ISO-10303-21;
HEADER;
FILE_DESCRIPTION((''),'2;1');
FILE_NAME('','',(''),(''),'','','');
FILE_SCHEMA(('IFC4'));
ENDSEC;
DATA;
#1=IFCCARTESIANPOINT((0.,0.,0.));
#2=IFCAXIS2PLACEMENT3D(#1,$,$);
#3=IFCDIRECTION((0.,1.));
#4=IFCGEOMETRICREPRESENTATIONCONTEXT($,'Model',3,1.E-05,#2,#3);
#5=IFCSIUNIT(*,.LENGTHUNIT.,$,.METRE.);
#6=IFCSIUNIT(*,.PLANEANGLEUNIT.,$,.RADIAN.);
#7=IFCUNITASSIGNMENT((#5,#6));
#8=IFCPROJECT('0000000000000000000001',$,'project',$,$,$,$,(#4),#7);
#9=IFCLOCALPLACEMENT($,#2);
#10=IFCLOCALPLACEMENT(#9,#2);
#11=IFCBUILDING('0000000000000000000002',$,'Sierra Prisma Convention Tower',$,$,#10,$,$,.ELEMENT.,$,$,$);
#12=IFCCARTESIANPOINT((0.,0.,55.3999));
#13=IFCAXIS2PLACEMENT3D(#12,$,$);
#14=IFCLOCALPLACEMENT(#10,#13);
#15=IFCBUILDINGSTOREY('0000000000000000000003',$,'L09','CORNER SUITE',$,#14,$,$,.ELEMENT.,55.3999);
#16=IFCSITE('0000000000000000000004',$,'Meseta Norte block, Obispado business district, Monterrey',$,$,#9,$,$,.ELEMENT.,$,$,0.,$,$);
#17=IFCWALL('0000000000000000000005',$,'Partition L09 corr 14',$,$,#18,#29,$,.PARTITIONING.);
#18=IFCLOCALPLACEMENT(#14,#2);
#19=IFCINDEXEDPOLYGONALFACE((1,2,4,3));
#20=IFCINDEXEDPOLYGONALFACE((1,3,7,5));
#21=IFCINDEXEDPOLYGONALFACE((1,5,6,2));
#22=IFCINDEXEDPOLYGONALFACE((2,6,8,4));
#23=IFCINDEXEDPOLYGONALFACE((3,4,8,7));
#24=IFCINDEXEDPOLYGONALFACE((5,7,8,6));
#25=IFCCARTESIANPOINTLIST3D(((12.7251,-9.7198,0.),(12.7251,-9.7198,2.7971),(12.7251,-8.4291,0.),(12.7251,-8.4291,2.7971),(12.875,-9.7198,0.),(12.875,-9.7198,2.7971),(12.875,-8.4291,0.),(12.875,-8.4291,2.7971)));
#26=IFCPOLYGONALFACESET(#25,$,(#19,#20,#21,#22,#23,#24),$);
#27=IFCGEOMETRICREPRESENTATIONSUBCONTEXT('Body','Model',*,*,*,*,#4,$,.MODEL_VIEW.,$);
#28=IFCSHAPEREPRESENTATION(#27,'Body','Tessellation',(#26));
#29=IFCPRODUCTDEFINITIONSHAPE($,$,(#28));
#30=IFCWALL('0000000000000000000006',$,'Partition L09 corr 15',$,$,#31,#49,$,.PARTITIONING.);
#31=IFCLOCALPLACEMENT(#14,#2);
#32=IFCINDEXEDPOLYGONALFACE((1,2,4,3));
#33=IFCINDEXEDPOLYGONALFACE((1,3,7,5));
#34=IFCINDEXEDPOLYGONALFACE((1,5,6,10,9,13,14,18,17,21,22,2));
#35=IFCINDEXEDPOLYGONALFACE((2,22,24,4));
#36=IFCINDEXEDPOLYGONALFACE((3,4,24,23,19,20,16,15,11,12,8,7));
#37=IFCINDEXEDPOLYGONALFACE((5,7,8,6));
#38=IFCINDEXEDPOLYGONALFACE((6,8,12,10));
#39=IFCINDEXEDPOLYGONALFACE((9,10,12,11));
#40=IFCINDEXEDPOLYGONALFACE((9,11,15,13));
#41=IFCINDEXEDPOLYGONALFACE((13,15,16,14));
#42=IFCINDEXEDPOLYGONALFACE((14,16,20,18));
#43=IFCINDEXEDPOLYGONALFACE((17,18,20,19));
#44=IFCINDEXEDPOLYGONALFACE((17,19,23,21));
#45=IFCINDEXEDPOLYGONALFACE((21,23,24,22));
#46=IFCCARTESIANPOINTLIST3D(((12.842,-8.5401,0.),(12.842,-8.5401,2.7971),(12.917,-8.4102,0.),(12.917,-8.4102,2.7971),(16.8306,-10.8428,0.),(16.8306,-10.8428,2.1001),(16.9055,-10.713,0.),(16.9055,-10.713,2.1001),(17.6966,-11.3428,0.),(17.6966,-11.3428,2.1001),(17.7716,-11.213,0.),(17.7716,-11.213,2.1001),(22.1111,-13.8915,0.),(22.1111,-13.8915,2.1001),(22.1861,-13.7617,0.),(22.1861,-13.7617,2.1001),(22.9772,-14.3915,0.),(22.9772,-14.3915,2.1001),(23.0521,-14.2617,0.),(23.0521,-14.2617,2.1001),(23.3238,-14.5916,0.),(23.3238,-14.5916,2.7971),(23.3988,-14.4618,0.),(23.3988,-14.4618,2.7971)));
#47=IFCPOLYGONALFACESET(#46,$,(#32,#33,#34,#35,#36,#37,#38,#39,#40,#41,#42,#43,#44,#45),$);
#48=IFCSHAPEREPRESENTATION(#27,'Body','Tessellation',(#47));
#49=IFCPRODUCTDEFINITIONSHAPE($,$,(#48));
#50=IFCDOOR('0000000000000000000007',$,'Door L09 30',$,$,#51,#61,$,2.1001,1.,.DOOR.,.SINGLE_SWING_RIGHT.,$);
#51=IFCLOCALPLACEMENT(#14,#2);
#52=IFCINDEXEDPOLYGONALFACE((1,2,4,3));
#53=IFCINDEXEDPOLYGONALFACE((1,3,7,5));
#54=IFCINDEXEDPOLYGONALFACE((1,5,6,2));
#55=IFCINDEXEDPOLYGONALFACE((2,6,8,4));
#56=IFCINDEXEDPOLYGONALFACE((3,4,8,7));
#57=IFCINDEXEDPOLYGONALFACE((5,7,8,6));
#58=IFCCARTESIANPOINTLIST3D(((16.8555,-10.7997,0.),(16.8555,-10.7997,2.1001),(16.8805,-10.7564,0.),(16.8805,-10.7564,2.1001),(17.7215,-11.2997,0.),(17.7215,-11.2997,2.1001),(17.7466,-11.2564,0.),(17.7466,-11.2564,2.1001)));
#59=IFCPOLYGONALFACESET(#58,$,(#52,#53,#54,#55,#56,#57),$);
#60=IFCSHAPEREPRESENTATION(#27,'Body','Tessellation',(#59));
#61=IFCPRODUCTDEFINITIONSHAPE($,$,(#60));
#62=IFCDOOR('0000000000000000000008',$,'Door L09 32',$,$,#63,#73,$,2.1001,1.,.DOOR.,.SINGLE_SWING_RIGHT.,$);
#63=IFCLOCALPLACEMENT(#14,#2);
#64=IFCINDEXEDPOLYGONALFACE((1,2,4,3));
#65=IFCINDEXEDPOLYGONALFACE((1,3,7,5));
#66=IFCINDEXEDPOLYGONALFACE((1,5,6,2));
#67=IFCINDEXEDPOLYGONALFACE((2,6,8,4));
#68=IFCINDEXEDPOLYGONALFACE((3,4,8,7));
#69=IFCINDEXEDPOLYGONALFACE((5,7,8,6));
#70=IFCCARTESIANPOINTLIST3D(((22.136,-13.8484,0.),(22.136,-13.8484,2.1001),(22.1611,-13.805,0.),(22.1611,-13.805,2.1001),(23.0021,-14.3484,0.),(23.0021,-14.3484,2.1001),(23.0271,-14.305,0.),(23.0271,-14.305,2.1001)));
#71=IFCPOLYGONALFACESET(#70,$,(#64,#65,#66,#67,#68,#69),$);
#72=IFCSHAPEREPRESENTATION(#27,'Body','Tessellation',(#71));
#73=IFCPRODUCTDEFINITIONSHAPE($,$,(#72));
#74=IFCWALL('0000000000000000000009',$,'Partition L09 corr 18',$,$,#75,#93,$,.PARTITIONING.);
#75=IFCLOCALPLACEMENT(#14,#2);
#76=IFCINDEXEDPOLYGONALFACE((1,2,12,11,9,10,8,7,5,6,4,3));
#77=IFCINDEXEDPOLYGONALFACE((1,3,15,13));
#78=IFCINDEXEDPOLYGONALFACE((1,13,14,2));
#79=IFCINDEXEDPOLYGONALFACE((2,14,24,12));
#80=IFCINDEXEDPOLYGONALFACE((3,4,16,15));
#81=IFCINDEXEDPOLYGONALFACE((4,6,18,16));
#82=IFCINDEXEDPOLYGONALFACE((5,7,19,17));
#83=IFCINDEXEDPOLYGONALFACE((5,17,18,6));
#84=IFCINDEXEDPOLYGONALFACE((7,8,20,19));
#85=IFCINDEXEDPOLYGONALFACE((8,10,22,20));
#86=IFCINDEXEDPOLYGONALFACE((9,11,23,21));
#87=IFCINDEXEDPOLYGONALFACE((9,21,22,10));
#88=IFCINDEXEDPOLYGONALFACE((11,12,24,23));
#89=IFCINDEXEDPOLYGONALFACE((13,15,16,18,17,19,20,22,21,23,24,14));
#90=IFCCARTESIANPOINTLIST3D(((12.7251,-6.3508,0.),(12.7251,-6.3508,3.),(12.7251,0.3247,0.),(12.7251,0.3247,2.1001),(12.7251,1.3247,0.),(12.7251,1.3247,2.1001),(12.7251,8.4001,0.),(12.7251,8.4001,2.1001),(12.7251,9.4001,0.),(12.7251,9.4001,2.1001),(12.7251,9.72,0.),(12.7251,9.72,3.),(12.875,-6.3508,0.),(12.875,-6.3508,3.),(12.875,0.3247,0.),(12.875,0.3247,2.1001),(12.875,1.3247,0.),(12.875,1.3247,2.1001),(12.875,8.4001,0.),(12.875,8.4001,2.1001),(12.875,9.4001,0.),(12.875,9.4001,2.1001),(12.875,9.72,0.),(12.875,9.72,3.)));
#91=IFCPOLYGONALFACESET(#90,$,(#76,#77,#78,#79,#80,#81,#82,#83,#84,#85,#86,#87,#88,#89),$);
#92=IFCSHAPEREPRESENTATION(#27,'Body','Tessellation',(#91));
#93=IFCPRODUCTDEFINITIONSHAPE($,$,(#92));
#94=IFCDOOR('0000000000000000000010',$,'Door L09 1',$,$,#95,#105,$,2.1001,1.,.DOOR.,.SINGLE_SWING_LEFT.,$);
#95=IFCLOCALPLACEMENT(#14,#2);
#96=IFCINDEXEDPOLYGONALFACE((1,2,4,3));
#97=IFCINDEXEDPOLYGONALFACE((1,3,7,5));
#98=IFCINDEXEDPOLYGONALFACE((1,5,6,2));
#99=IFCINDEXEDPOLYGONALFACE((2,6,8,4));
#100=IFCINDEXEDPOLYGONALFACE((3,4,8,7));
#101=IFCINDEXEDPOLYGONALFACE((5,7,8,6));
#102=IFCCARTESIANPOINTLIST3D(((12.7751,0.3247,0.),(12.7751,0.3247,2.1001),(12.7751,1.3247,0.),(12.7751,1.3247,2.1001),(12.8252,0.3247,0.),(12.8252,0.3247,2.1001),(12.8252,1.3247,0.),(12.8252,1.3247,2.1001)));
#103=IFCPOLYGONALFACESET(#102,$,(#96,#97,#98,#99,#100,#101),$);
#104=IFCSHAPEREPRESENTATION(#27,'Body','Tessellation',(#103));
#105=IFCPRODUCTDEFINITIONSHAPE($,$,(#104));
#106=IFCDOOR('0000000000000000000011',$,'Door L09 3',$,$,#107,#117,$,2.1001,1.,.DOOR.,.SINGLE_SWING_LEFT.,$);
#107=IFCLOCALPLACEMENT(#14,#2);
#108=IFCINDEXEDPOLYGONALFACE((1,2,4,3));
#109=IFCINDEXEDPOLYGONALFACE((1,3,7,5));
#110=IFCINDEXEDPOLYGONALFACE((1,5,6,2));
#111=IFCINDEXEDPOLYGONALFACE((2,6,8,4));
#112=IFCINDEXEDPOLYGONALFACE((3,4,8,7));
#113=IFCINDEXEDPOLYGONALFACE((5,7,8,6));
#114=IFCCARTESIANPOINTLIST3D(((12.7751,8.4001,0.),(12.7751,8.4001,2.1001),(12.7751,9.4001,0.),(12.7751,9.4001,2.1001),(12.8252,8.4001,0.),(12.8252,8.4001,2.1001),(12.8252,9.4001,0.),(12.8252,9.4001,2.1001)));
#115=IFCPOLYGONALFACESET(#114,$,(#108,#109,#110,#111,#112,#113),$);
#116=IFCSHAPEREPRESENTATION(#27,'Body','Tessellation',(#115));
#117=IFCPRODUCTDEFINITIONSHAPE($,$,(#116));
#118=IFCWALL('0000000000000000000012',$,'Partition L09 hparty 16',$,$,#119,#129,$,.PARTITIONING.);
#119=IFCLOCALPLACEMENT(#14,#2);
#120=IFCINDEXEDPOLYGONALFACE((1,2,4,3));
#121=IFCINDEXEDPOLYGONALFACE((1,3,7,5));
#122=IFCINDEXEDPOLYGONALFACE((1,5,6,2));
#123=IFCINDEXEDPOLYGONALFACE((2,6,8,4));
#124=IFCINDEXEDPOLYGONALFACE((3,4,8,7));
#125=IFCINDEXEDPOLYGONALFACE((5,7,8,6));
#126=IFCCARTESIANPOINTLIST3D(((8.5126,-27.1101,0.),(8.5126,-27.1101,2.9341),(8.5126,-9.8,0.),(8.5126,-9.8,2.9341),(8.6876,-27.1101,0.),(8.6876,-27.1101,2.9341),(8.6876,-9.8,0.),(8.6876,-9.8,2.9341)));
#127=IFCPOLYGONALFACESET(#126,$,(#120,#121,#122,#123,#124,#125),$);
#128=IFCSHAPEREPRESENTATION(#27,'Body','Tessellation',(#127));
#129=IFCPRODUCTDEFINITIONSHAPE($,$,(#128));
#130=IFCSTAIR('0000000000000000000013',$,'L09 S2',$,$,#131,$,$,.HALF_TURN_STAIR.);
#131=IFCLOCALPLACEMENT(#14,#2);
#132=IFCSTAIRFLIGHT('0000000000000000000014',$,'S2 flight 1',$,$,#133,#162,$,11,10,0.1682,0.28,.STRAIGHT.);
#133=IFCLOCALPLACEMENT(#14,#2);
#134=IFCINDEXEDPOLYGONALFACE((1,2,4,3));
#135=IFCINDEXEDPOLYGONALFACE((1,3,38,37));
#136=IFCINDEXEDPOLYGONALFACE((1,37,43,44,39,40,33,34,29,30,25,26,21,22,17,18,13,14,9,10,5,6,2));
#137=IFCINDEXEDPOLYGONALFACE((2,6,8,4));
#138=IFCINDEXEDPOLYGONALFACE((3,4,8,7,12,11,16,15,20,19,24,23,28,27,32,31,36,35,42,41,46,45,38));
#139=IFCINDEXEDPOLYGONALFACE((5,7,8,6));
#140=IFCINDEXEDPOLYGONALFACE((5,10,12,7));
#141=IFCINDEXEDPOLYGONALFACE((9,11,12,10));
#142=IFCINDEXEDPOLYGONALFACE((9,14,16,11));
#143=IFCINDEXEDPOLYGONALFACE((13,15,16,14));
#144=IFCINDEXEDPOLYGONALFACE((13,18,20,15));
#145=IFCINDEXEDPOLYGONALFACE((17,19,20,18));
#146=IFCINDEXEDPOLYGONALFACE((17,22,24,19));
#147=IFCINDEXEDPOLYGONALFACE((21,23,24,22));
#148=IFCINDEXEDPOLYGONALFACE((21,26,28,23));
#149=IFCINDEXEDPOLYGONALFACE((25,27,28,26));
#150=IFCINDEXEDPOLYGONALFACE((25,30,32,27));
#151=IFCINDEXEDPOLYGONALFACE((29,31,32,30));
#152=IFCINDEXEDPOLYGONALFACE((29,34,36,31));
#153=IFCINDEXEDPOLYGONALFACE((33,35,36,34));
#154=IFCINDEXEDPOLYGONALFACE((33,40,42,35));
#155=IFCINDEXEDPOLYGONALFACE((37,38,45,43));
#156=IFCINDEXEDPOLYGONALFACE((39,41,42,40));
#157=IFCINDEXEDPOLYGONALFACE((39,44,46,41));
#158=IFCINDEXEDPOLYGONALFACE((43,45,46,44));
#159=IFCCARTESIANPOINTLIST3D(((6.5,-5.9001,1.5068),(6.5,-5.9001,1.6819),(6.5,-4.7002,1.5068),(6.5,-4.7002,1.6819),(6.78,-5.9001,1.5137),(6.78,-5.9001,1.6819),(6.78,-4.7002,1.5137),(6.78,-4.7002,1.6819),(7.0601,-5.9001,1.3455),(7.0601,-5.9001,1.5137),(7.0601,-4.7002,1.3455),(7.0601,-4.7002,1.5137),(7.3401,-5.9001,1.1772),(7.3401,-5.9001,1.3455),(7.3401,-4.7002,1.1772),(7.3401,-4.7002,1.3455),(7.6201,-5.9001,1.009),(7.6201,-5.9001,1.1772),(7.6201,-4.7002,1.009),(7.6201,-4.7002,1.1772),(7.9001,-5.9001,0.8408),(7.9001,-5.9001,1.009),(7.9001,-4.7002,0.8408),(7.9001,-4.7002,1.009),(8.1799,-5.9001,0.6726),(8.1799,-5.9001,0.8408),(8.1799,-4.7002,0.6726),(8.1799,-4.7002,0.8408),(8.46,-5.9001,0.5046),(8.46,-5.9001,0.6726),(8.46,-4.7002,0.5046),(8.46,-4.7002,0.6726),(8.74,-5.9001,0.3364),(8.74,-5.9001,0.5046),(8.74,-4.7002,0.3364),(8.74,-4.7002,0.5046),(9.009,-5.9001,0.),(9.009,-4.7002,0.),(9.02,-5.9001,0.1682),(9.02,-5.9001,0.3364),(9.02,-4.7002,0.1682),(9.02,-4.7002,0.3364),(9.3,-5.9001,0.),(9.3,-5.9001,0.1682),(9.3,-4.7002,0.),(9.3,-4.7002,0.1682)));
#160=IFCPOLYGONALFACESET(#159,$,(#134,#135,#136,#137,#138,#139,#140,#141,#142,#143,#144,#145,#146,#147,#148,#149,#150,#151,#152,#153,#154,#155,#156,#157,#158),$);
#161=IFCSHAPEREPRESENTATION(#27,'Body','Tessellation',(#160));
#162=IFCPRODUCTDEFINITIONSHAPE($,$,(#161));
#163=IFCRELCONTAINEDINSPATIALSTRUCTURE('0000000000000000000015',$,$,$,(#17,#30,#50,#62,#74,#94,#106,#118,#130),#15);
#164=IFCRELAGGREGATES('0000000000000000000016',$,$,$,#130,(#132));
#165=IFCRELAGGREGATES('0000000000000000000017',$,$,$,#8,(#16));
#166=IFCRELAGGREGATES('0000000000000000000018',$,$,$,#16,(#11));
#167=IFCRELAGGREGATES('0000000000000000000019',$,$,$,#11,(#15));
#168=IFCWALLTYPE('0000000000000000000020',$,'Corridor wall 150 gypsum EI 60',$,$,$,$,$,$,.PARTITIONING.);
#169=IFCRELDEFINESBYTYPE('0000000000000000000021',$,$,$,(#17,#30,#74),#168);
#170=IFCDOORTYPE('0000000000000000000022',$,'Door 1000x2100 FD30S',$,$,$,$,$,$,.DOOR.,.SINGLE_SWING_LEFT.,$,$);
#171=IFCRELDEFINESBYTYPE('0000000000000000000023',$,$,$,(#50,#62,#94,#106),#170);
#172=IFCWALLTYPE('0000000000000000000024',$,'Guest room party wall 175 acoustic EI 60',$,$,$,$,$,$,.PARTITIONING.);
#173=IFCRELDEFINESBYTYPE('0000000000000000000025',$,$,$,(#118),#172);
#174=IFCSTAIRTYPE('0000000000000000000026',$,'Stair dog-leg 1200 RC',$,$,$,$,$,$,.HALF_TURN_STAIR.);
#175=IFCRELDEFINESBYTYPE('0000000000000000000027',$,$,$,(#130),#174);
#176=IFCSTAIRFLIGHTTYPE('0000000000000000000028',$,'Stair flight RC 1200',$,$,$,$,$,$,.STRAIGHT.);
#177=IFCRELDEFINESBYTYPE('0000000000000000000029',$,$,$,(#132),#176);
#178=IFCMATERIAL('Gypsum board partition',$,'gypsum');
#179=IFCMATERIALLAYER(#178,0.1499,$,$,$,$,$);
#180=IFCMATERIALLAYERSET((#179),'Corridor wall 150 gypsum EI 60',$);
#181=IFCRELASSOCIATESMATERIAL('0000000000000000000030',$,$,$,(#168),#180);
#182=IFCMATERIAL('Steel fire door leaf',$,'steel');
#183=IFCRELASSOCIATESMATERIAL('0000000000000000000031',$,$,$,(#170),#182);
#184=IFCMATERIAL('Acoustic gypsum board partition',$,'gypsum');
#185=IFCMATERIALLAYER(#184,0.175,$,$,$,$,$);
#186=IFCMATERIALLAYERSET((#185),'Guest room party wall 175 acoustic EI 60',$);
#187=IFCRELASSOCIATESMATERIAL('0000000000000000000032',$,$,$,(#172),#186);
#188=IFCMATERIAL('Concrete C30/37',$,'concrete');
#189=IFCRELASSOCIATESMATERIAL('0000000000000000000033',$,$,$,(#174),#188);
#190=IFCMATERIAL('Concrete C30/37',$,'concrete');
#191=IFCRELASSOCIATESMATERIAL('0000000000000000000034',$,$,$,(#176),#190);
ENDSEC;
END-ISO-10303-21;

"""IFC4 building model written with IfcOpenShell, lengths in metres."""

from ifc_helpers import new_model, si_unit, direction, frame, frame_2d, origin, place, context, subcontext, project, spatial, polyline, rectangle, outline, extrude, material, layer, layer_set, type_object, element, fill, aggregate, save


model = new_model("IFC4")

# Units and contexts
model_context = context("Model", 3, precision=1e-05, world=origin(), true_north=direction((0.0, 1.0)))
body_context = subcontext(model_context, "Body", "Model", "MODEL_VIEW")
ifc_project = project(units=[si_unit("LENGTHUNIT", "METRE"), si_unit("PLANEANGLEUNIT", "RADIAN")], contexts=[model_context])

# Site, building, storey
site_placement = place(None, origin())
site = spatial("IfcSite", under=ifc_project, at=site_placement, Name="Meseta Norte block, Obispado business district, Monterrey", CompositionType="ELEMENT", RefElevation=0.0)
building_placement = place(site_placement, origin())
building = spatial("IfcBuilding", under=site, at=building_placement, Name="Sierra Prisma Convention Tower", CompositionType="ELEMENT")
storey_placement = place(building_placement, frame((0.0, 0.0, 55.3999)))
storey = spatial("IfcBuildingStorey", under=building, at=storey_placement, Name="L09", Description="CORNER SUITE", CompositionType="ELEMENT", Elevation=55.3999)

# Wall
ifc_material_1 = material(Name="Gypsum board partition", Category="gypsum")
ifc_layer_1 = layer(ifc_material_1, 0.1499)
ifc_layer_set_1 = layer_set([ifc_layer_1], Name="Corridor wall 150 gypsum EI 60")
wall_type_1 = type_object("IfcWallType", Name="Corridor wall 150 gypsum EI 60", PredefinedType="PARTITIONING", material=ifc_layer_set_1)
wall_1_placement = place(storey_placement, frame((12.8, -9.72, 0.0), z_axis=(0.0, 0.0, 1.0), x_axis=(0.0, 1.0, 0.0)))
element("IfcWall", 1, at=wall_1_placement, inside=storey, type_object=wall_type_1, Name="Partition L09 corr 14", PredefinedType="PARTITIONING", context=body_context, shape_type="SweptSolid", body=[
    extrude(rectangle(XDim=1.2908, YDim=0.1499, at=frame_2d((0.6455, 0.0))), origin(), (0.0, 0.0, 1.0), 2.7971),
])

# Walls, openings, doors
wall_2_placement = place(storey_placement, frame((12.8794, -8.4751, 0.0), z_axis=(0.0, 0.0, 1.0), x_axis=(0.866029, -0.499994, 0.0)))
wall_2 = element("IfcWall", 2, at=wall_2_placement, inside=storey, type_object=wall_type_1, Name="Partition L09 corr 15", PredefinedType="PARTITIONING", context=body_context, shape_type="SweptSolid", body=[
    extrude(rectangle(XDim=12.1033, YDim=0.1499, at=frame_2d((6.0518, 0.0))), origin(), (0.0, 0.0, 1.0), 2.7971),
])
opening_1_placement = place(wall_2_placement, frame((4.6057, 0.0, 0.0)))
opening_1 = element("IfcOpeningElement", 3, at=opening_1_placement, cuts=wall_2, PredefinedType="OPENING", context=body_context, shape_type="SweptSolid", body=[
    extrude(rectangle(XDim=1.0, YDim=2.1001, at=frame_2d((0.5, 1.05))), frame((0.0, 0.075, 0.0), z_axis=(0.0, -1.0, 0.0), x_axis=(1.0, 0.0, 0.0)), (0.0, 0.0, 1.0), 0.1499),
])
opening_2_placement = place(wall_2_placement, frame((10.7031, 0.0, 0.0)))
opening_2 = element("IfcOpeningElement", 4, at=opening_2_placement, cuts=wall_2, PredefinedType="OPENING", context=body_context, shape_type="SweptSolid", body=[
    extrude(rectangle(XDim=1.0, YDim=2.1001, at=frame_2d((0.5, 1.05))), frame((0.0, 0.075, 0.0), z_axis=(0.0, -1.0, 0.0), x_axis=(1.0, 0.0, 0.0)), (0.0, 0.0, 1.0), 0.1499),
])
ifc_material_2 = material(Name="Steel fire door leaf", Category="steel")
door_type_1 = type_object("IfcDoorType", Name="Door 1000x2100 FD30S", OperationType="SINGLE_SWING_LEFT", PredefinedType="DOOR", material=ifc_material_2)
door_1_placement = place(opening_1_placement, origin())
door_1 = element("IfcDoor", 5, at=door_1_placement, inside=storey, type_object=door_type_1, Name="Door L09 30", OperationType="SINGLE_SWING_RIGHT", OverallHeight=2.1001, OverallWidth=1.0, PredefinedType="DOOR", context=body_context, shape_type="SweptSolid", body=[
    extrude(rectangle(XDim=1.0, YDim=2.1001, at=frame_2d((0.5, 1.05))), frame((0.0, 0.0249, 0.0), z_axis=(0.0, -1.0, 0.0), x_axis=(1.0, 0.0, 0.0)), (0.0, 0.0, 1.0), 0.05),
])
fill(opening_1, door_1)
door_2_placement = place(opening_2_placement, origin())
door_2 = element("IfcDoor", 6, at=door_2_placement, inside=storey, type_object=door_type_1, Name="Door L09 32", OperationType="SINGLE_SWING_RIGHT", OverallHeight=2.1001, OverallWidth=1.0, PredefinedType="DOOR", context=body_context, shape_type="SweptSolid", body=[
    extrude(rectangle(XDim=1.0, YDim=2.1001, at=frame_2d((0.5, 1.05))), frame((0.0, 0.0249, 0.0), z_axis=(0.0, -1.0, 0.0), x_axis=(1.0, 0.0, 0.0)), (0.0, 0.0, 1.0), 0.05),
])
fill(opening_2, door_2)
wall_3_placement = place(storey_placement, frame((12.8, -6.3508, 0.0), z_axis=(0.0, 0.0, 1.0), x_axis=(0.0, 1.0, 0.0)))
wall_3 = element("IfcWall", 7, at=wall_3_placement, inside=storey, type_object=wall_type_1, Name="Partition L09 corr 18", PredefinedType="PARTITIONING", context=body_context, shape_type="SweptSolid", body=[
    extrude(rectangle(XDim=16.0708, YDim=0.1499, at=frame_2d((8.0354, 0.0))), origin(), (0.0, 0.0, 1.0), 3.0),
])
opening_3_placement = place(wall_3_placement, frame((6.6755, 0.0, 0.0)))
opening_3 = element("IfcOpeningElement", 8, at=opening_3_placement, cuts=wall_3, PredefinedType="OPENING", context=body_context, shape_type="SweptSolid", body=[
    extrude(rectangle(XDim=1.0, YDim=2.1001, at=frame_2d((0.5, 1.05))), frame((0.0, 0.075, 0.0), z_axis=(0.0, -1.0, 0.0), x_axis=(1.0, 0.0, 0.0)), (0.0, 0.0, 1.0), 0.1499),
])
opening_4_placement = place(wall_3_placement, frame((14.751, 0.0, 0.0)))
opening_4 = element("IfcOpeningElement", 9, at=opening_4_placement, cuts=wall_3, PredefinedType="OPENING", context=body_context, shape_type="SweptSolid", body=[
    extrude(rectangle(XDim=1.0, YDim=2.1001, at=frame_2d((0.5, 1.05))), frame((0.0, 0.075, 0.0), z_axis=(0.0, -1.0, 0.0), x_axis=(1.0, 0.0, 0.0)), (0.0, 0.0, 1.0), 0.1499),
])
door_3_placement = place(opening_3_placement, origin())
door_3 = element("IfcDoor", 10, at=door_3_placement, inside=storey, type_object=door_type_1, Name="Door L09 1", OperationType="SINGLE_SWING_LEFT", OverallHeight=2.1001, OverallWidth=1.0, PredefinedType="DOOR", context=body_context, shape_type="SweptSolid", body=[
    extrude(rectangle(XDim=1.0, YDim=2.1001, at=frame_2d((0.5, 1.05))), frame((0.0, 0.0249, 0.0), z_axis=(0.0, -1.0, 0.0), x_axis=(1.0, 0.0, 0.0)), (0.0, 0.0, 1.0), 0.05),
])
fill(opening_3, door_3)
door_4_placement = place(opening_4_placement, origin())
door_4 = element("IfcDoor", 11, at=door_4_placement, inside=storey, type_object=door_type_1, Name="Door L09 3", OperationType="SINGLE_SWING_LEFT", OverallHeight=2.1001, OverallWidth=1.0, PredefinedType="DOOR", context=body_context, shape_type="SweptSolid", body=[
    extrude(rectangle(XDim=1.0, YDim=2.1001, at=frame_2d((0.5, 1.05))), frame((0.0, 0.0249, 0.0), z_axis=(0.0, -1.0, 0.0), x_axis=(1.0, 0.0, 0.0)), (0.0, 0.0, 1.0), 0.05),
])
fill(opening_4, door_4)

# Wall
ifc_material_3 = material(Name="Acoustic gypsum board partition", Category="gypsum")
ifc_layer_2 = layer(ifc_material_3, 0.175)
ifc_layer_set_2 = layer_set([ifc_layer_2], Name="Guest room party wall 175 acoustic EI 60")
wall_type_2 = type_object("IfcWallType", Name="Guest room party wall 175 acoustic EI 60", PredefinedType="PARTITIONING", material=ifc_layer_set_2)
wall_4_placement = place(storey_placement, frame((8.6001, -9.8, 0.0), z_axis=(0.0, 0.0, 1.0), x_axis=(0.0, -1.0, 0.0)))
element("IfcWall", 12, at=wall_4_placement, inside=storey, type_object=wall_type_2, Name="Partition L09 hparty 16", PredefinedType="PARTITIONING", context=body_context, shape_type="SweptSolid", body=[
    extrude(rectangle(XDim=17.3101, YDim=0.175, at=frame_2d((8.655, 0.0))), origin(), (0.0, 0.0, 1.0), 2.9341),
])

# Stair, stair flight
ifc_material_4 = material(Name="Concrete C30/37", Category="concrete")
stair_type = type_object("IfcStairType", Name="Stair dog-leg 1200 RC", PredefinedType="HALF_TURN_STAIR", material=ifc_material_4)
stair_placement = place(storey_placement, origin())
stair = element("IfcStair", 13, at=stair_placement, inside=storey, type_object=stair_type, Name="L09 S2", PredefinedType="HALF_TURN_STAIR")
ifc_material_5 = material(Name="Concrete C30/37", Category="concrete")
stair_flight_type = type_object("IfcStairFlightType", Name="Stair flight RC 1200", PredefinedType="STRAIGHT", material=ifc_material_5)
stair_flight_1_placement = place(storey_placement, frame((9.3, -5.3, 0.0), z_axis=(0.0, 0.0, 1.0), x_axis=(-1.0, 0.0, 0.0)))
stair_flight_1 = element("IfcStairFlight", 14, at=stair_flight_1_placement, type_object=stair_flight_type, Name="S2 flight 1", NumberOfRisers=11, NumberOfTreads=10, PredefinedType="STRAIGHT", RiserHeight=0.1682, TreadLength=0.28, context=body_context, shape_type="SweptSolid", body=[
    extrude(outline(polyline([(0.0, 0.0), (0.0, 0.1682), (0.28, 0.1682), (0.28, 0.3364), (0.5601, 0.3364), (0.5601, 0.5046), (0.8401, 0.5046), (0.8401, 0.6726), (1.1201, 0.6726), (1.1201, 0.8408), (1.3999, 0.8408), (1.3999, 1.009), (1.6799, 1.009), (1.6799, 1.1772), (1.96, 1.1772), (1.96, 1.3455), (2.24, 1.3455), (2.24, 1.5137), (2.52, 1.5137), (2.52, 1.6819), (2.8, 1.6819), (2.8, 1.8501), (2.8, 1.5068), (0.291, 0.0), (0.0, 0.0)])), frame((0.0, 0.6001, 0.0), z_axis=(0.0, -1.0, 0.0), x_axis=(1.0, 0.0, 0.0)), (0.0, 0.0, 1.0), 1.2),
])
aggregate(stair, [stair_flight_1])

save(model, "model.ifc")
